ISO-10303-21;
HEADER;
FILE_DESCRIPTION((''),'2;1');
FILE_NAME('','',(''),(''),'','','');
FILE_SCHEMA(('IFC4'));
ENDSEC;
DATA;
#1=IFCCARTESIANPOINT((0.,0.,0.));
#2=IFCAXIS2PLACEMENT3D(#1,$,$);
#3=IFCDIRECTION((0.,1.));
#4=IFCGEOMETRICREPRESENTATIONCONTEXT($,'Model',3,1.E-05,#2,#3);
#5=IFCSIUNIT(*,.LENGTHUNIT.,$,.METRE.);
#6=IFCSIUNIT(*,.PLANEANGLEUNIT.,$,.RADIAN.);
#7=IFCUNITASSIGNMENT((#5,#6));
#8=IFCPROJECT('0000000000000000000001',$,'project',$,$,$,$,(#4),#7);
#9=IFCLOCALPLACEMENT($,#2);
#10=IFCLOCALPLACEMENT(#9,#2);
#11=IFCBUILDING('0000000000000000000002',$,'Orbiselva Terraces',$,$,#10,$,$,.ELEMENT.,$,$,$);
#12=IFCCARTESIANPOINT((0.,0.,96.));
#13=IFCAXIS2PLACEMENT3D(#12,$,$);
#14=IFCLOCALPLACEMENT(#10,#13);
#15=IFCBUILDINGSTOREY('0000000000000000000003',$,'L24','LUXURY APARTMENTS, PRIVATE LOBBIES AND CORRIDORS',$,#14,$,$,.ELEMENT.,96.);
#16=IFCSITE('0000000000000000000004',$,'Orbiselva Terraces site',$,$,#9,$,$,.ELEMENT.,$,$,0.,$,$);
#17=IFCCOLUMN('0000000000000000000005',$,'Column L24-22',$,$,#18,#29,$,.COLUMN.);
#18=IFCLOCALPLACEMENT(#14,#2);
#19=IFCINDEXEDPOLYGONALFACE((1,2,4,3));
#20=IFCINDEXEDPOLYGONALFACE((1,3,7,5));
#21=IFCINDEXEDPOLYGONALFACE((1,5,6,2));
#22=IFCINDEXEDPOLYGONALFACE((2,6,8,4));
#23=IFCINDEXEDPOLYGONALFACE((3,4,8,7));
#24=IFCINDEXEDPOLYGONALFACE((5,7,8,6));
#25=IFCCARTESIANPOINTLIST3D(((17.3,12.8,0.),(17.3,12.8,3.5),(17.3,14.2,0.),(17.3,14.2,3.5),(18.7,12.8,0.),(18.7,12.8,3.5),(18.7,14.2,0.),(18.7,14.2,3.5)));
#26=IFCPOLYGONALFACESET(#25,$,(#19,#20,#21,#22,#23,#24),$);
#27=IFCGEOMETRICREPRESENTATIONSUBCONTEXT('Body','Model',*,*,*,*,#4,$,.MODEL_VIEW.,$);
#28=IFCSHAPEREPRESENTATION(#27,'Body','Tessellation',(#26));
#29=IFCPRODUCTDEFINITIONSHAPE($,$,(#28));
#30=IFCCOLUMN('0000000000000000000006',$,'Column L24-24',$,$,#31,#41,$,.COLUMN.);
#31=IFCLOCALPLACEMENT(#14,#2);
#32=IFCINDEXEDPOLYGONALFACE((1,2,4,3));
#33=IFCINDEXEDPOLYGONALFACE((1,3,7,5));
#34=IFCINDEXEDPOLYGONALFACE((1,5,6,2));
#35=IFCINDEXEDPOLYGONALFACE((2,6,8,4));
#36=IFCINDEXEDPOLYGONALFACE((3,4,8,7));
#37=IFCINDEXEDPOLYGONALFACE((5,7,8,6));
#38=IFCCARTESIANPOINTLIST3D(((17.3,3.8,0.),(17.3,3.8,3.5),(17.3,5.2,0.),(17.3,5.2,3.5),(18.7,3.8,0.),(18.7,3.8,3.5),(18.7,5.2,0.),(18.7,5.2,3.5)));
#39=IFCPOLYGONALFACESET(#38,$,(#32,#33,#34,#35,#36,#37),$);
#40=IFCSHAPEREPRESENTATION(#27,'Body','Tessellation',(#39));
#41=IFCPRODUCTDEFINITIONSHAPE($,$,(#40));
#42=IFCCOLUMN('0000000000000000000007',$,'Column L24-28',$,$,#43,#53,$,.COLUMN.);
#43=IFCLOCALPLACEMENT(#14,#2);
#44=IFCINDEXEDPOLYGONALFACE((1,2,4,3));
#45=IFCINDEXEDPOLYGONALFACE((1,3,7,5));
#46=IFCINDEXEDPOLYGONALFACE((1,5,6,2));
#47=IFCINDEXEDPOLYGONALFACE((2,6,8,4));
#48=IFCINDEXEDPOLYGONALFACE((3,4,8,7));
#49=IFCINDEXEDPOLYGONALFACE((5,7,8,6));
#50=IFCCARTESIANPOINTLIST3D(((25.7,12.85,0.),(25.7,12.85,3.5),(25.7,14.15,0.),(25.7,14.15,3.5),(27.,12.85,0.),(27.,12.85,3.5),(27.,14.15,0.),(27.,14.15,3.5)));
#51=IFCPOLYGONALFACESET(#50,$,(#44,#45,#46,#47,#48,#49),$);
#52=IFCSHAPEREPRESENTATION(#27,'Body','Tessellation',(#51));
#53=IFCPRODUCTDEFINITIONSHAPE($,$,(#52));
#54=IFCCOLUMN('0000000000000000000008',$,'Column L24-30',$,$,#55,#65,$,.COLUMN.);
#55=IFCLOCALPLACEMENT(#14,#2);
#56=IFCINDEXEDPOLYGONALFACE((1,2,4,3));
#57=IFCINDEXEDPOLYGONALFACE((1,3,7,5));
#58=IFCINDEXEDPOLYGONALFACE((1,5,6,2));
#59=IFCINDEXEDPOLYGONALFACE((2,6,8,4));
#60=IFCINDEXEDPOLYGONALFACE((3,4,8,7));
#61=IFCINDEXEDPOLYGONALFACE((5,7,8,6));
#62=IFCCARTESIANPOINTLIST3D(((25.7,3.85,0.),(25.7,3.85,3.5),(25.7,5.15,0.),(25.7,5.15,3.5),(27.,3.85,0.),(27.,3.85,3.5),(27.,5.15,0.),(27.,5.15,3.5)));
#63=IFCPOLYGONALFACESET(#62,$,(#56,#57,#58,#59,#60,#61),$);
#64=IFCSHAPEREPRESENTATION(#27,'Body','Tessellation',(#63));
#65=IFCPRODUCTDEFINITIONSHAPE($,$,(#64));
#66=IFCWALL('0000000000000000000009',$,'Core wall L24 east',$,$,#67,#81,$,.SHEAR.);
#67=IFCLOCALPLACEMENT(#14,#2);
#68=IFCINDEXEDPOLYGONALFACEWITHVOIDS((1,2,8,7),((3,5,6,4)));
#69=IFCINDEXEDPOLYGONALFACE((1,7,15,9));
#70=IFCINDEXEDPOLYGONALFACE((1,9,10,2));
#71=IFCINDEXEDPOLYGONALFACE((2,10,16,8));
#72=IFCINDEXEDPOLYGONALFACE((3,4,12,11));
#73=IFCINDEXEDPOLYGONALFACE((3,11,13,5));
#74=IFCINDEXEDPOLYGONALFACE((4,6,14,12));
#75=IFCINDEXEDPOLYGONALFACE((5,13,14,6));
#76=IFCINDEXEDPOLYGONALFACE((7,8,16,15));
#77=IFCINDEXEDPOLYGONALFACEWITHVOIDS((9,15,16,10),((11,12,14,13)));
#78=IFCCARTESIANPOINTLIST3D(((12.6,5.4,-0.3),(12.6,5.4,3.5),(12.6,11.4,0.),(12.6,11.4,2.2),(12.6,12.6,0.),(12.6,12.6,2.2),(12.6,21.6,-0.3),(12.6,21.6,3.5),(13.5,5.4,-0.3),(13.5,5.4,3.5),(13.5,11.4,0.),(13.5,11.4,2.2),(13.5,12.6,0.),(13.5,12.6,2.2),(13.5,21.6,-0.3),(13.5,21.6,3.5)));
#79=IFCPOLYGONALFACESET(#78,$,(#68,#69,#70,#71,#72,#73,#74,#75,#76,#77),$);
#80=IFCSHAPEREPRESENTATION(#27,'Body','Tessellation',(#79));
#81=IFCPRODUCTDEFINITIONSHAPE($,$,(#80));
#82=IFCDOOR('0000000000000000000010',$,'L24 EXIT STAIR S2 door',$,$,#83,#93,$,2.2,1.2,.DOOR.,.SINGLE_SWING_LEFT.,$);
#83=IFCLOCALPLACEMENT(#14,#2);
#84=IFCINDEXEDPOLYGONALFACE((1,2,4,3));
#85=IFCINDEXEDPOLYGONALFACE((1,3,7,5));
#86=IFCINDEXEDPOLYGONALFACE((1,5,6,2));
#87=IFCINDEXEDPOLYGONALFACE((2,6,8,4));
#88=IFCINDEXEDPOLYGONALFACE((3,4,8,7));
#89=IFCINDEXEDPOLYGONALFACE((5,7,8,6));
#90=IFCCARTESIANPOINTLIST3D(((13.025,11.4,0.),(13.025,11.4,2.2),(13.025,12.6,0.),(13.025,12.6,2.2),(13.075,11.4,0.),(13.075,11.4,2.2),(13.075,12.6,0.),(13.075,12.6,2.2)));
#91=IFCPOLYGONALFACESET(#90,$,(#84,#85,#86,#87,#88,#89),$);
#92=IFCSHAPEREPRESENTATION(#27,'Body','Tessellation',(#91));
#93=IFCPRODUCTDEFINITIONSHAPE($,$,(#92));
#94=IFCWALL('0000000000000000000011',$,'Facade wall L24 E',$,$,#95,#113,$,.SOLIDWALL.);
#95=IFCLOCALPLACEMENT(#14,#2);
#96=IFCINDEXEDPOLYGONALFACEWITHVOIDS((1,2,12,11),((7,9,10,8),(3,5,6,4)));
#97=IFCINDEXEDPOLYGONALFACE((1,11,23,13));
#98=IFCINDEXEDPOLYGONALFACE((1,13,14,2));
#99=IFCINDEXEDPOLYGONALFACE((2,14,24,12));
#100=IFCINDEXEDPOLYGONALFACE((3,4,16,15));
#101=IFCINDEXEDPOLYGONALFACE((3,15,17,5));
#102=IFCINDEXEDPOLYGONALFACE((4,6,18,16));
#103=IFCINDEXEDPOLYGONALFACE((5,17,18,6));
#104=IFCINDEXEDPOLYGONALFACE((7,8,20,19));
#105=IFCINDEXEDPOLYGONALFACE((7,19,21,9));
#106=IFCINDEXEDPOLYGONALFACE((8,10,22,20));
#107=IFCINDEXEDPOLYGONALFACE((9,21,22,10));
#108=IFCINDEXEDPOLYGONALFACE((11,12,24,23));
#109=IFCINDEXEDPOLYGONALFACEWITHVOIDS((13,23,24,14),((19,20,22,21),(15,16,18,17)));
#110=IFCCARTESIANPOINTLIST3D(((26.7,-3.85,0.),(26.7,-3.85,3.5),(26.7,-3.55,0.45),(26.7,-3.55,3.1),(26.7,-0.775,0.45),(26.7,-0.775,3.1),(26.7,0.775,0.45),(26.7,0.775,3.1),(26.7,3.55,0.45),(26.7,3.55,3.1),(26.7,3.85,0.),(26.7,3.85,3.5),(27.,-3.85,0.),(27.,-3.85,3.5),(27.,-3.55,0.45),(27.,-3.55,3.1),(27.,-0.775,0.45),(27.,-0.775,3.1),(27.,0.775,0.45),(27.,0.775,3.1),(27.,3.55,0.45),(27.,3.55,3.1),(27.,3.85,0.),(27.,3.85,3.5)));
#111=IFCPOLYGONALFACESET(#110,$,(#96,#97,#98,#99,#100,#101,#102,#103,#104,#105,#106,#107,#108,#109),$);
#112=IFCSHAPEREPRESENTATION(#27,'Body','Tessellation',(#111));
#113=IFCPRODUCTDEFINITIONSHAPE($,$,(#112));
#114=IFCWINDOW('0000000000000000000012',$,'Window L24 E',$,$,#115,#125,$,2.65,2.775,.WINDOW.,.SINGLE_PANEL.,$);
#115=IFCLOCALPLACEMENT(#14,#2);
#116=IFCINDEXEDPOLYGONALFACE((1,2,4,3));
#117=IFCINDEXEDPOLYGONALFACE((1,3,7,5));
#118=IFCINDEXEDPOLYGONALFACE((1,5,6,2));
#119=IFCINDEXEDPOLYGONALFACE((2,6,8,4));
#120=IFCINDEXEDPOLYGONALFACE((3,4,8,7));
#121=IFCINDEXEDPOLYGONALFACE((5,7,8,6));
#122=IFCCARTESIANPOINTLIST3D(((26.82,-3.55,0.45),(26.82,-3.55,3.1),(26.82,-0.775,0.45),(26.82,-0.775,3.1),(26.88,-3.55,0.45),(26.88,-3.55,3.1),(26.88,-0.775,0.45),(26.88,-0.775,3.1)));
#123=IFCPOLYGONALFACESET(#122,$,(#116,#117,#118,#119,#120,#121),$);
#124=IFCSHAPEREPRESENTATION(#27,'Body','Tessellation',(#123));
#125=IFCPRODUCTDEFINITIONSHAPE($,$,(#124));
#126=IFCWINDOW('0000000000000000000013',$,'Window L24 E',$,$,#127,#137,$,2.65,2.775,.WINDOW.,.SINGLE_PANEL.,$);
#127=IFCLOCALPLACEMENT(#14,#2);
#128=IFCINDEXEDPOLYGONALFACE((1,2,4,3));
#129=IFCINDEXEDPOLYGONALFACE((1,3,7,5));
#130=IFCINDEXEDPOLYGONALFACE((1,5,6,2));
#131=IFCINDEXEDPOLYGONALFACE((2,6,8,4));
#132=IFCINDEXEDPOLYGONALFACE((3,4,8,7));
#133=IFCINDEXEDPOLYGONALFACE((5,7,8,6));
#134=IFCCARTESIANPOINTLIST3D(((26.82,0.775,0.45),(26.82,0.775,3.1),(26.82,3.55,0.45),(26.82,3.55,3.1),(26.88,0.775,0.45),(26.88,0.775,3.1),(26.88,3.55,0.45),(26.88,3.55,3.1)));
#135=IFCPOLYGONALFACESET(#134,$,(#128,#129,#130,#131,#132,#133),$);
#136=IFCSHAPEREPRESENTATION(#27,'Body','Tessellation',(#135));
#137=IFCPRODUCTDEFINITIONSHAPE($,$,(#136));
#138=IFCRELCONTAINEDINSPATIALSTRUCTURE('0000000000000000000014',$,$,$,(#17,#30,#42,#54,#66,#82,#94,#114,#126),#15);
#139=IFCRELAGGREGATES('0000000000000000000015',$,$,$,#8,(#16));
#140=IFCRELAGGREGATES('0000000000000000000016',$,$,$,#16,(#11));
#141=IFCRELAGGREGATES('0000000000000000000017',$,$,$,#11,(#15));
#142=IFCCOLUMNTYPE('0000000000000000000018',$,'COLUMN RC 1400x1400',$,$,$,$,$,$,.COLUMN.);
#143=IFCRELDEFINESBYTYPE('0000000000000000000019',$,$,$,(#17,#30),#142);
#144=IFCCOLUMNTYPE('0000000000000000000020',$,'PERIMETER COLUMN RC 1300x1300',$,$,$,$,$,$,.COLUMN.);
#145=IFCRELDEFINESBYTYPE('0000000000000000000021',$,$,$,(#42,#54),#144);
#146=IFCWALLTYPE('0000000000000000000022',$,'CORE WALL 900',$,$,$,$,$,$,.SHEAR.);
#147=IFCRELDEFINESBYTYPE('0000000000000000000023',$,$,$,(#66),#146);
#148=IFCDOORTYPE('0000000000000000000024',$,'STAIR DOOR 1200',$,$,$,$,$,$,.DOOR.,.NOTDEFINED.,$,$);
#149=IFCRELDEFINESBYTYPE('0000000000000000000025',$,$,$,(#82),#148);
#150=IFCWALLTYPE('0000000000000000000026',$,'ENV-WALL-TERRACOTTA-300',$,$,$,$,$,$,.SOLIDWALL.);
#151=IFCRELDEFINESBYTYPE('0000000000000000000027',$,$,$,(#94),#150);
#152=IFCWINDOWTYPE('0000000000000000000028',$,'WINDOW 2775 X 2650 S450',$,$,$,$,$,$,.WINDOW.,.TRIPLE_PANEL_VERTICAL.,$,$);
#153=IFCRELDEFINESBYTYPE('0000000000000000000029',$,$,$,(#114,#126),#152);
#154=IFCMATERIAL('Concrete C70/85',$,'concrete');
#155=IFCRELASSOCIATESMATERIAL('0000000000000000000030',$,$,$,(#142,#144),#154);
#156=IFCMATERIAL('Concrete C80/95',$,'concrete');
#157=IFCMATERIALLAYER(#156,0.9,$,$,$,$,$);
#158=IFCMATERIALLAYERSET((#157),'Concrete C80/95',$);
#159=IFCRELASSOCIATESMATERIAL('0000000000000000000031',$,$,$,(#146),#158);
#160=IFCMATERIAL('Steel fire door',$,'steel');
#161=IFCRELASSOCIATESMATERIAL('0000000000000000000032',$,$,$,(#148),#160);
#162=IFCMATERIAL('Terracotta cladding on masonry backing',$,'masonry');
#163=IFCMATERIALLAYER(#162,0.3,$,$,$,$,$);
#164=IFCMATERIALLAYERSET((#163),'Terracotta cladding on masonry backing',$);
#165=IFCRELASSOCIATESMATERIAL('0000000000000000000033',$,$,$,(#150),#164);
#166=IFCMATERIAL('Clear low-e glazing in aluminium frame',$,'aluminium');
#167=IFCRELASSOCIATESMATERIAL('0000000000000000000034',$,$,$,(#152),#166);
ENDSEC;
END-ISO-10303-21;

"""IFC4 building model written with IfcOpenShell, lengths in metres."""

from ifc_helpers import new_model, si_unit, direction, frame, frame_2d, origin, origin_2d, place, context, subcontext, project, spatial, rectangle, extrude, material, layer, layer_set, material_profile, profile_set, type_object, element, fill, save


model = new_model("IFC4")

# Units and contexts
model_context = context("Model", 3, precision=1e-05, world=origin(), true_north=direction((0.0, 1.0)))
body_context = subcontext(model_context, "Body", "Model", "MODEL_VIEW")
ifc_project = project(units=[si_unit("LENGTHUNIT", "METRE"), si_unit("PLANEANGLEUNIT", "RADIAN")], contexts=[model_context])

# Site, building, storey
site_placement = place(None, origin())
site = spatial("IfcSite", under=ifc_project, at=site_placement, Name="Orbiselva Terraces site", CompositionType="ELEMENT", RefElevation=0.0)
building_placement = place(site_placement, origin())
building = spatial("IfcBuilding", under=site, at=building_placement, Name="Orbiselva Terraces", CompositionType="ELEMENT")
storey_placement = place(building_placement, frame((0.0, 0.0, 96.0)))
storey = spatial("IfcBuildingStorey", under=building, at=storey_placement, Name="L24", Description="LUXURY APARTMENTS, PRIVATE LOBBIES AND CORRIDORS", CompositionType="ELEMENT", Elevation=96.0)

# Columns
ifc_material_1 = material(Name="Concrete C70/85", Category="concrete")
ifc_material_profile_1 = material_profile(ifc_material_1, rectangle(XDim=1.4, YDim=1.4, at=origin_2d()), Name="RC 1400x1400")
ifc_profile_set_1 = profile_set([ifc_material_profile_1], Name="Concrete C70/85")
column_type_1 = type_object("IfcColumnType", Name="COLUMN RC 1400x1400", PredefinedType="COLUMN", material=ifc_profile_set_1)
for number, where, z_axis, x_axis, name in (
    (1, (18.0, 13.5, 0.0), (0.0, 0.0, 1.0), (1.0, 0.0, 0.0), "Column L24-22"),
    (2, (18.0, 4.5, 0.0), (0.0, 0.0, 1.0), (1.0, 0.0, 0.0), "Column L24-24"),
):
    element("IfcColumn", number, at=place(storey_placement, frame(where, z_axis=z_axis, x_axis=x_axis)), inside=storey, type_object=column_type_1, Name=name, PredefinedType="COLUMN", context=body_context, shape_type="SweptSolid", body=[
        extrude(rectangle(XDim=1.4, YDim=1.4, at=origin_2d()), origin(), (0.0, 0.0, 1.0), 3.5),
    ])
ifc_material_profile_2 = material_profile(ifc_material_1, rectangle(XDim=1.3, YDim=1.3, at=origin_2d()), Name="RC 1300x1300")
ifc_profile_set_2 = profile_set([ifc_material_profile_2], Name="Concrete C70/85")
column_type_2 = type_object("IfcColumnType", Name="PERIMETER COLUMN RC 1300x1300", PredefinedType="COLUMN", material=ifc_profile_set_2)
for number, where, z_axis, x_axis, name in (
    (3, (26.35, 13.5, 0.0), (0.0, 0.0, 1.0), (1.0, 0.0, 0.0), "Column L24-28"),
    (4, (26.35, 4.5, 0.0), (0.0, 0.0, 1.0), (1.0, 0.0, 0.0), "Column L24-30"),
):
    element("IfcColumn", number, at=place(storey_placement, frame(where, z_axis=z_axis, x_axis=x_axis)), inside=storey, type_object=column_type_2, Name=name, PredefinedType="COLUMN", context=body_context, shape_type="SweptSolid", body=[
        extrude(rectangle(XDim=1.3, YDim=1.3, at=origin_2d()), origin(), (0.0, 0.0, 1.0), 3.5),
    ])

# Wall, opening, door
ifc_material_2 = material(Name="Concrete C80/95", Category="concrete")
ifc_layer_1 = layer(ifc_material_2, 0.9)
ifc_layer_set_1 = layer_set([ifc_layer_1], Name="Concrete C80/95")
wall_type_1 = type_object("IfcWallType", Name="CORE WALL 900", PredefinedType="SHEAR", material=ifc_layer_set_1)
wall_1_placement = place(storey_placement, frame((13.05, 5.4, -0.3), z_axis=(0.0, 0.0, 1.0), x_axis=(0.0, 1.0, 0.0)))
wall_1 = element("IfcWall", 5, at=wall_1_placement, inside=storey, type_object=wall_type_1, Name="Core wall L24 east", PredefinedType="SHEAR", context=body_context, shape_type="SweptSolid", body=[
    extrude(rectangle(XDim=16.2, YDim=0.9, at=frame_2d((8.1, 0.0))), origin(), (0.0, 0.0, 1.0), 3.8),
])
opening_1_placement = place(wall_1_placement, frame((6.0, 0.0, 0.3)))
opening_1 = element("IfcOpeningElement", 6, at=opening_1_placement, cuts=wall_1, PredefinedType="OPENING", context=body_context, shape_type="SweptSolid", body=[
    extrude(rectangle(XDim=1.2, YDim=2.2, at=frame_2d((0.6, 1.1))), frame((0.0, 0.46, 0.0), z_axis=(0.0, -1.0, 0.0), x_axis=(1.0, 0.0, 0.0)), (0.0, 0.0, 1.0), 0.92),
])
ifc_material_3 = material(Name="Steel fire door", Category="steel")
door_type_1 = type_object("IfcDoorType", Name="STAIR DOOR 1200", OperationType="NOTDEFINED", PredefinedType="DOOR", material=ifc_material_3)
door_1_placement = place(opening_1_placement, frame((1.2, 0.0, 0.0), z_axis=(0.0, 0.0, 1.0), x_axis=(-1.0, 0.0, 0.0)))
door_1 = element("IfcDoor", 7, at=door_1_placement, inside=storey, type_object=door_type_1, Name="L24 EXIT STAIR S2 door", OperationType="SINGLE_SWING_LEFT", OverallHeight=2.2, OverallWidth=1.2, PredefinedType="DOOR", context=body_context, shape_type="SweptSolid", body=[
    extrude(rectangle(XDim=1.2, YDim=2.2, at=frame_2d((0.6, 1.1))), frame((0.0, 0.025, 0.0), z_axis=(0.0, -1.0, 0.0), x_axis=(1.0, 0.0, 0.0)), (0.0, 0.0, 1.0), 0.05),
])
fill(opening_1, door_1)

# Wall, openings, windows
ifc_material_4 = material(Name="Terracotta cladding on masonry backing", Category="masonry")
ifc_layer_2 = layer(ifc_material_4, 0.3)
ifc_layer_set_2 = layer_set([ifc_layer_2], Name="Terracotta cladding on masonry backing")
wall_type_2 = type_object("IfcWallType", Name="ENV-WALL-TERRACOTTA-300", PredefinedType="SOLIDWALL", material=ifc_layer_set_2)
wall_2_placement = place(storey_placement, frame((26.85, 3.85, 0.0), z_axis=(0.0, 0.0, 1.0), x_axis=(0.0, -1.0, 0.0)))
wall_2 = element("IfcWall", 8, at=wall_2_placement, inside=storey, type_object=wall_type_2, Name="Facade wall L24 E", PredefinedType="SOLIDWALL", context=body_context, shape_type="SweptSolid", body=[
    extrude(rectangle(XDim=7.7, YDim=0.3, at=frame_2d((3.85, 0.0))), origin(), (0.0, 0.0, 1.0), 3.5),
])
opening_2_placement = place(wall_2_placement, frame((4.625, 0.0, 0.45)))
opening_2 = element("IfcOpeningElement", 9, at=opening_2_placement, cuts=wall_2, PredefinedType="OPENING", context=body_context, shape_type="SweptSolid", body=[
    extrude(rectangle(XDim=2.775, YDim=2.65, at=frame_2d((1.3875, 1.325))), frame((0.0, 0.16, 0.0), z_axis=(0.0, -1.0, 0.0), x_axis=(1.0, 0.0, 0.0)), (0.0, 0.0, 1.0), 0.32),
])
opening_3_placement = place(wall_2_placement, frame((0.3, 0.0, 0.45)))
opening_3 = element("IfcOpeningElement", 10, at=opening_3_placement, cuts=wall_2, PredefinedType="OPENING", context=body_context, shape_type="SweptSolid", body=[
    extrude(rectangle(XDim=2.775, YDim=2.65, at=frame_2d((1.3875, 1.325))), frame((0.0, 0.16, 0.0), z_axis=(0.0, -1.0, 0.0), x_axis=(1.0, 0.0, 0.0)), (0.0, 0.0, 1.0), 0.32),
])
ifc_material_5 = material(Name="Clear low-e glazing in aluminium frame", Category="aluminium")
window_type = type_object("IfcWindowType", Name="WINDOW 2775 X 2650 S450", PartitioningType="TRIPLE_PANEL_VERTICAL", PredefinedType="WINDOW", material=ifc_material_5)
window_1_placement = place(opening_2_placement, origin())
window_1 = element("IfcWindow", 11, at=window_1_placement, inside=storey, type_object=window_type, Name="Window L24 E", OverallHeight=2.65, OverallWidth=2.775, PartitioningType="SINGLE_PANEL", PredefinedType="WINDOW", context=body_context, shape_type="SweptSolid", body=[
    extrude(rectangle(XDim=2.775, YDim=2.65, at=frame_2d((1.3875, 1.325))), frame((0.0, 0.03, 0.0), z_axis=(0.0, -1.0, 0.0), x_axis=(1.0, 0.0, 0.0)), (0.0, 0.0, 1.0), 0.06),
])
fill(opening_2, window_1)
window_2_placement = place(opening_3_placement, origin())
window_2 = element("IfcWindow", 12, at=window_2_placement, inside=storey, type_object=window_type, Name="Window L24 E", OverallHeight=2.65, OverallWidth=2.775, PartitioningType="SINGLE_PANEL", PredefinedType="WINDOW", context=body_context, shape_type="SweptSolid", body=[
    extrude(rectangle(XDim=2.775, YDim=2.65, at=frame_2d((1.3875, 1.325))), frame((0.0, 0.03, 0.0), z_axis=(0.0, -1.0, 0.0), x_axis=(1.0, 0.0, 0.0)), (0.0, 0.0, 1.0), 0.06),
])
fill(opening_3, window_2)

save(model, "model.ifc")
